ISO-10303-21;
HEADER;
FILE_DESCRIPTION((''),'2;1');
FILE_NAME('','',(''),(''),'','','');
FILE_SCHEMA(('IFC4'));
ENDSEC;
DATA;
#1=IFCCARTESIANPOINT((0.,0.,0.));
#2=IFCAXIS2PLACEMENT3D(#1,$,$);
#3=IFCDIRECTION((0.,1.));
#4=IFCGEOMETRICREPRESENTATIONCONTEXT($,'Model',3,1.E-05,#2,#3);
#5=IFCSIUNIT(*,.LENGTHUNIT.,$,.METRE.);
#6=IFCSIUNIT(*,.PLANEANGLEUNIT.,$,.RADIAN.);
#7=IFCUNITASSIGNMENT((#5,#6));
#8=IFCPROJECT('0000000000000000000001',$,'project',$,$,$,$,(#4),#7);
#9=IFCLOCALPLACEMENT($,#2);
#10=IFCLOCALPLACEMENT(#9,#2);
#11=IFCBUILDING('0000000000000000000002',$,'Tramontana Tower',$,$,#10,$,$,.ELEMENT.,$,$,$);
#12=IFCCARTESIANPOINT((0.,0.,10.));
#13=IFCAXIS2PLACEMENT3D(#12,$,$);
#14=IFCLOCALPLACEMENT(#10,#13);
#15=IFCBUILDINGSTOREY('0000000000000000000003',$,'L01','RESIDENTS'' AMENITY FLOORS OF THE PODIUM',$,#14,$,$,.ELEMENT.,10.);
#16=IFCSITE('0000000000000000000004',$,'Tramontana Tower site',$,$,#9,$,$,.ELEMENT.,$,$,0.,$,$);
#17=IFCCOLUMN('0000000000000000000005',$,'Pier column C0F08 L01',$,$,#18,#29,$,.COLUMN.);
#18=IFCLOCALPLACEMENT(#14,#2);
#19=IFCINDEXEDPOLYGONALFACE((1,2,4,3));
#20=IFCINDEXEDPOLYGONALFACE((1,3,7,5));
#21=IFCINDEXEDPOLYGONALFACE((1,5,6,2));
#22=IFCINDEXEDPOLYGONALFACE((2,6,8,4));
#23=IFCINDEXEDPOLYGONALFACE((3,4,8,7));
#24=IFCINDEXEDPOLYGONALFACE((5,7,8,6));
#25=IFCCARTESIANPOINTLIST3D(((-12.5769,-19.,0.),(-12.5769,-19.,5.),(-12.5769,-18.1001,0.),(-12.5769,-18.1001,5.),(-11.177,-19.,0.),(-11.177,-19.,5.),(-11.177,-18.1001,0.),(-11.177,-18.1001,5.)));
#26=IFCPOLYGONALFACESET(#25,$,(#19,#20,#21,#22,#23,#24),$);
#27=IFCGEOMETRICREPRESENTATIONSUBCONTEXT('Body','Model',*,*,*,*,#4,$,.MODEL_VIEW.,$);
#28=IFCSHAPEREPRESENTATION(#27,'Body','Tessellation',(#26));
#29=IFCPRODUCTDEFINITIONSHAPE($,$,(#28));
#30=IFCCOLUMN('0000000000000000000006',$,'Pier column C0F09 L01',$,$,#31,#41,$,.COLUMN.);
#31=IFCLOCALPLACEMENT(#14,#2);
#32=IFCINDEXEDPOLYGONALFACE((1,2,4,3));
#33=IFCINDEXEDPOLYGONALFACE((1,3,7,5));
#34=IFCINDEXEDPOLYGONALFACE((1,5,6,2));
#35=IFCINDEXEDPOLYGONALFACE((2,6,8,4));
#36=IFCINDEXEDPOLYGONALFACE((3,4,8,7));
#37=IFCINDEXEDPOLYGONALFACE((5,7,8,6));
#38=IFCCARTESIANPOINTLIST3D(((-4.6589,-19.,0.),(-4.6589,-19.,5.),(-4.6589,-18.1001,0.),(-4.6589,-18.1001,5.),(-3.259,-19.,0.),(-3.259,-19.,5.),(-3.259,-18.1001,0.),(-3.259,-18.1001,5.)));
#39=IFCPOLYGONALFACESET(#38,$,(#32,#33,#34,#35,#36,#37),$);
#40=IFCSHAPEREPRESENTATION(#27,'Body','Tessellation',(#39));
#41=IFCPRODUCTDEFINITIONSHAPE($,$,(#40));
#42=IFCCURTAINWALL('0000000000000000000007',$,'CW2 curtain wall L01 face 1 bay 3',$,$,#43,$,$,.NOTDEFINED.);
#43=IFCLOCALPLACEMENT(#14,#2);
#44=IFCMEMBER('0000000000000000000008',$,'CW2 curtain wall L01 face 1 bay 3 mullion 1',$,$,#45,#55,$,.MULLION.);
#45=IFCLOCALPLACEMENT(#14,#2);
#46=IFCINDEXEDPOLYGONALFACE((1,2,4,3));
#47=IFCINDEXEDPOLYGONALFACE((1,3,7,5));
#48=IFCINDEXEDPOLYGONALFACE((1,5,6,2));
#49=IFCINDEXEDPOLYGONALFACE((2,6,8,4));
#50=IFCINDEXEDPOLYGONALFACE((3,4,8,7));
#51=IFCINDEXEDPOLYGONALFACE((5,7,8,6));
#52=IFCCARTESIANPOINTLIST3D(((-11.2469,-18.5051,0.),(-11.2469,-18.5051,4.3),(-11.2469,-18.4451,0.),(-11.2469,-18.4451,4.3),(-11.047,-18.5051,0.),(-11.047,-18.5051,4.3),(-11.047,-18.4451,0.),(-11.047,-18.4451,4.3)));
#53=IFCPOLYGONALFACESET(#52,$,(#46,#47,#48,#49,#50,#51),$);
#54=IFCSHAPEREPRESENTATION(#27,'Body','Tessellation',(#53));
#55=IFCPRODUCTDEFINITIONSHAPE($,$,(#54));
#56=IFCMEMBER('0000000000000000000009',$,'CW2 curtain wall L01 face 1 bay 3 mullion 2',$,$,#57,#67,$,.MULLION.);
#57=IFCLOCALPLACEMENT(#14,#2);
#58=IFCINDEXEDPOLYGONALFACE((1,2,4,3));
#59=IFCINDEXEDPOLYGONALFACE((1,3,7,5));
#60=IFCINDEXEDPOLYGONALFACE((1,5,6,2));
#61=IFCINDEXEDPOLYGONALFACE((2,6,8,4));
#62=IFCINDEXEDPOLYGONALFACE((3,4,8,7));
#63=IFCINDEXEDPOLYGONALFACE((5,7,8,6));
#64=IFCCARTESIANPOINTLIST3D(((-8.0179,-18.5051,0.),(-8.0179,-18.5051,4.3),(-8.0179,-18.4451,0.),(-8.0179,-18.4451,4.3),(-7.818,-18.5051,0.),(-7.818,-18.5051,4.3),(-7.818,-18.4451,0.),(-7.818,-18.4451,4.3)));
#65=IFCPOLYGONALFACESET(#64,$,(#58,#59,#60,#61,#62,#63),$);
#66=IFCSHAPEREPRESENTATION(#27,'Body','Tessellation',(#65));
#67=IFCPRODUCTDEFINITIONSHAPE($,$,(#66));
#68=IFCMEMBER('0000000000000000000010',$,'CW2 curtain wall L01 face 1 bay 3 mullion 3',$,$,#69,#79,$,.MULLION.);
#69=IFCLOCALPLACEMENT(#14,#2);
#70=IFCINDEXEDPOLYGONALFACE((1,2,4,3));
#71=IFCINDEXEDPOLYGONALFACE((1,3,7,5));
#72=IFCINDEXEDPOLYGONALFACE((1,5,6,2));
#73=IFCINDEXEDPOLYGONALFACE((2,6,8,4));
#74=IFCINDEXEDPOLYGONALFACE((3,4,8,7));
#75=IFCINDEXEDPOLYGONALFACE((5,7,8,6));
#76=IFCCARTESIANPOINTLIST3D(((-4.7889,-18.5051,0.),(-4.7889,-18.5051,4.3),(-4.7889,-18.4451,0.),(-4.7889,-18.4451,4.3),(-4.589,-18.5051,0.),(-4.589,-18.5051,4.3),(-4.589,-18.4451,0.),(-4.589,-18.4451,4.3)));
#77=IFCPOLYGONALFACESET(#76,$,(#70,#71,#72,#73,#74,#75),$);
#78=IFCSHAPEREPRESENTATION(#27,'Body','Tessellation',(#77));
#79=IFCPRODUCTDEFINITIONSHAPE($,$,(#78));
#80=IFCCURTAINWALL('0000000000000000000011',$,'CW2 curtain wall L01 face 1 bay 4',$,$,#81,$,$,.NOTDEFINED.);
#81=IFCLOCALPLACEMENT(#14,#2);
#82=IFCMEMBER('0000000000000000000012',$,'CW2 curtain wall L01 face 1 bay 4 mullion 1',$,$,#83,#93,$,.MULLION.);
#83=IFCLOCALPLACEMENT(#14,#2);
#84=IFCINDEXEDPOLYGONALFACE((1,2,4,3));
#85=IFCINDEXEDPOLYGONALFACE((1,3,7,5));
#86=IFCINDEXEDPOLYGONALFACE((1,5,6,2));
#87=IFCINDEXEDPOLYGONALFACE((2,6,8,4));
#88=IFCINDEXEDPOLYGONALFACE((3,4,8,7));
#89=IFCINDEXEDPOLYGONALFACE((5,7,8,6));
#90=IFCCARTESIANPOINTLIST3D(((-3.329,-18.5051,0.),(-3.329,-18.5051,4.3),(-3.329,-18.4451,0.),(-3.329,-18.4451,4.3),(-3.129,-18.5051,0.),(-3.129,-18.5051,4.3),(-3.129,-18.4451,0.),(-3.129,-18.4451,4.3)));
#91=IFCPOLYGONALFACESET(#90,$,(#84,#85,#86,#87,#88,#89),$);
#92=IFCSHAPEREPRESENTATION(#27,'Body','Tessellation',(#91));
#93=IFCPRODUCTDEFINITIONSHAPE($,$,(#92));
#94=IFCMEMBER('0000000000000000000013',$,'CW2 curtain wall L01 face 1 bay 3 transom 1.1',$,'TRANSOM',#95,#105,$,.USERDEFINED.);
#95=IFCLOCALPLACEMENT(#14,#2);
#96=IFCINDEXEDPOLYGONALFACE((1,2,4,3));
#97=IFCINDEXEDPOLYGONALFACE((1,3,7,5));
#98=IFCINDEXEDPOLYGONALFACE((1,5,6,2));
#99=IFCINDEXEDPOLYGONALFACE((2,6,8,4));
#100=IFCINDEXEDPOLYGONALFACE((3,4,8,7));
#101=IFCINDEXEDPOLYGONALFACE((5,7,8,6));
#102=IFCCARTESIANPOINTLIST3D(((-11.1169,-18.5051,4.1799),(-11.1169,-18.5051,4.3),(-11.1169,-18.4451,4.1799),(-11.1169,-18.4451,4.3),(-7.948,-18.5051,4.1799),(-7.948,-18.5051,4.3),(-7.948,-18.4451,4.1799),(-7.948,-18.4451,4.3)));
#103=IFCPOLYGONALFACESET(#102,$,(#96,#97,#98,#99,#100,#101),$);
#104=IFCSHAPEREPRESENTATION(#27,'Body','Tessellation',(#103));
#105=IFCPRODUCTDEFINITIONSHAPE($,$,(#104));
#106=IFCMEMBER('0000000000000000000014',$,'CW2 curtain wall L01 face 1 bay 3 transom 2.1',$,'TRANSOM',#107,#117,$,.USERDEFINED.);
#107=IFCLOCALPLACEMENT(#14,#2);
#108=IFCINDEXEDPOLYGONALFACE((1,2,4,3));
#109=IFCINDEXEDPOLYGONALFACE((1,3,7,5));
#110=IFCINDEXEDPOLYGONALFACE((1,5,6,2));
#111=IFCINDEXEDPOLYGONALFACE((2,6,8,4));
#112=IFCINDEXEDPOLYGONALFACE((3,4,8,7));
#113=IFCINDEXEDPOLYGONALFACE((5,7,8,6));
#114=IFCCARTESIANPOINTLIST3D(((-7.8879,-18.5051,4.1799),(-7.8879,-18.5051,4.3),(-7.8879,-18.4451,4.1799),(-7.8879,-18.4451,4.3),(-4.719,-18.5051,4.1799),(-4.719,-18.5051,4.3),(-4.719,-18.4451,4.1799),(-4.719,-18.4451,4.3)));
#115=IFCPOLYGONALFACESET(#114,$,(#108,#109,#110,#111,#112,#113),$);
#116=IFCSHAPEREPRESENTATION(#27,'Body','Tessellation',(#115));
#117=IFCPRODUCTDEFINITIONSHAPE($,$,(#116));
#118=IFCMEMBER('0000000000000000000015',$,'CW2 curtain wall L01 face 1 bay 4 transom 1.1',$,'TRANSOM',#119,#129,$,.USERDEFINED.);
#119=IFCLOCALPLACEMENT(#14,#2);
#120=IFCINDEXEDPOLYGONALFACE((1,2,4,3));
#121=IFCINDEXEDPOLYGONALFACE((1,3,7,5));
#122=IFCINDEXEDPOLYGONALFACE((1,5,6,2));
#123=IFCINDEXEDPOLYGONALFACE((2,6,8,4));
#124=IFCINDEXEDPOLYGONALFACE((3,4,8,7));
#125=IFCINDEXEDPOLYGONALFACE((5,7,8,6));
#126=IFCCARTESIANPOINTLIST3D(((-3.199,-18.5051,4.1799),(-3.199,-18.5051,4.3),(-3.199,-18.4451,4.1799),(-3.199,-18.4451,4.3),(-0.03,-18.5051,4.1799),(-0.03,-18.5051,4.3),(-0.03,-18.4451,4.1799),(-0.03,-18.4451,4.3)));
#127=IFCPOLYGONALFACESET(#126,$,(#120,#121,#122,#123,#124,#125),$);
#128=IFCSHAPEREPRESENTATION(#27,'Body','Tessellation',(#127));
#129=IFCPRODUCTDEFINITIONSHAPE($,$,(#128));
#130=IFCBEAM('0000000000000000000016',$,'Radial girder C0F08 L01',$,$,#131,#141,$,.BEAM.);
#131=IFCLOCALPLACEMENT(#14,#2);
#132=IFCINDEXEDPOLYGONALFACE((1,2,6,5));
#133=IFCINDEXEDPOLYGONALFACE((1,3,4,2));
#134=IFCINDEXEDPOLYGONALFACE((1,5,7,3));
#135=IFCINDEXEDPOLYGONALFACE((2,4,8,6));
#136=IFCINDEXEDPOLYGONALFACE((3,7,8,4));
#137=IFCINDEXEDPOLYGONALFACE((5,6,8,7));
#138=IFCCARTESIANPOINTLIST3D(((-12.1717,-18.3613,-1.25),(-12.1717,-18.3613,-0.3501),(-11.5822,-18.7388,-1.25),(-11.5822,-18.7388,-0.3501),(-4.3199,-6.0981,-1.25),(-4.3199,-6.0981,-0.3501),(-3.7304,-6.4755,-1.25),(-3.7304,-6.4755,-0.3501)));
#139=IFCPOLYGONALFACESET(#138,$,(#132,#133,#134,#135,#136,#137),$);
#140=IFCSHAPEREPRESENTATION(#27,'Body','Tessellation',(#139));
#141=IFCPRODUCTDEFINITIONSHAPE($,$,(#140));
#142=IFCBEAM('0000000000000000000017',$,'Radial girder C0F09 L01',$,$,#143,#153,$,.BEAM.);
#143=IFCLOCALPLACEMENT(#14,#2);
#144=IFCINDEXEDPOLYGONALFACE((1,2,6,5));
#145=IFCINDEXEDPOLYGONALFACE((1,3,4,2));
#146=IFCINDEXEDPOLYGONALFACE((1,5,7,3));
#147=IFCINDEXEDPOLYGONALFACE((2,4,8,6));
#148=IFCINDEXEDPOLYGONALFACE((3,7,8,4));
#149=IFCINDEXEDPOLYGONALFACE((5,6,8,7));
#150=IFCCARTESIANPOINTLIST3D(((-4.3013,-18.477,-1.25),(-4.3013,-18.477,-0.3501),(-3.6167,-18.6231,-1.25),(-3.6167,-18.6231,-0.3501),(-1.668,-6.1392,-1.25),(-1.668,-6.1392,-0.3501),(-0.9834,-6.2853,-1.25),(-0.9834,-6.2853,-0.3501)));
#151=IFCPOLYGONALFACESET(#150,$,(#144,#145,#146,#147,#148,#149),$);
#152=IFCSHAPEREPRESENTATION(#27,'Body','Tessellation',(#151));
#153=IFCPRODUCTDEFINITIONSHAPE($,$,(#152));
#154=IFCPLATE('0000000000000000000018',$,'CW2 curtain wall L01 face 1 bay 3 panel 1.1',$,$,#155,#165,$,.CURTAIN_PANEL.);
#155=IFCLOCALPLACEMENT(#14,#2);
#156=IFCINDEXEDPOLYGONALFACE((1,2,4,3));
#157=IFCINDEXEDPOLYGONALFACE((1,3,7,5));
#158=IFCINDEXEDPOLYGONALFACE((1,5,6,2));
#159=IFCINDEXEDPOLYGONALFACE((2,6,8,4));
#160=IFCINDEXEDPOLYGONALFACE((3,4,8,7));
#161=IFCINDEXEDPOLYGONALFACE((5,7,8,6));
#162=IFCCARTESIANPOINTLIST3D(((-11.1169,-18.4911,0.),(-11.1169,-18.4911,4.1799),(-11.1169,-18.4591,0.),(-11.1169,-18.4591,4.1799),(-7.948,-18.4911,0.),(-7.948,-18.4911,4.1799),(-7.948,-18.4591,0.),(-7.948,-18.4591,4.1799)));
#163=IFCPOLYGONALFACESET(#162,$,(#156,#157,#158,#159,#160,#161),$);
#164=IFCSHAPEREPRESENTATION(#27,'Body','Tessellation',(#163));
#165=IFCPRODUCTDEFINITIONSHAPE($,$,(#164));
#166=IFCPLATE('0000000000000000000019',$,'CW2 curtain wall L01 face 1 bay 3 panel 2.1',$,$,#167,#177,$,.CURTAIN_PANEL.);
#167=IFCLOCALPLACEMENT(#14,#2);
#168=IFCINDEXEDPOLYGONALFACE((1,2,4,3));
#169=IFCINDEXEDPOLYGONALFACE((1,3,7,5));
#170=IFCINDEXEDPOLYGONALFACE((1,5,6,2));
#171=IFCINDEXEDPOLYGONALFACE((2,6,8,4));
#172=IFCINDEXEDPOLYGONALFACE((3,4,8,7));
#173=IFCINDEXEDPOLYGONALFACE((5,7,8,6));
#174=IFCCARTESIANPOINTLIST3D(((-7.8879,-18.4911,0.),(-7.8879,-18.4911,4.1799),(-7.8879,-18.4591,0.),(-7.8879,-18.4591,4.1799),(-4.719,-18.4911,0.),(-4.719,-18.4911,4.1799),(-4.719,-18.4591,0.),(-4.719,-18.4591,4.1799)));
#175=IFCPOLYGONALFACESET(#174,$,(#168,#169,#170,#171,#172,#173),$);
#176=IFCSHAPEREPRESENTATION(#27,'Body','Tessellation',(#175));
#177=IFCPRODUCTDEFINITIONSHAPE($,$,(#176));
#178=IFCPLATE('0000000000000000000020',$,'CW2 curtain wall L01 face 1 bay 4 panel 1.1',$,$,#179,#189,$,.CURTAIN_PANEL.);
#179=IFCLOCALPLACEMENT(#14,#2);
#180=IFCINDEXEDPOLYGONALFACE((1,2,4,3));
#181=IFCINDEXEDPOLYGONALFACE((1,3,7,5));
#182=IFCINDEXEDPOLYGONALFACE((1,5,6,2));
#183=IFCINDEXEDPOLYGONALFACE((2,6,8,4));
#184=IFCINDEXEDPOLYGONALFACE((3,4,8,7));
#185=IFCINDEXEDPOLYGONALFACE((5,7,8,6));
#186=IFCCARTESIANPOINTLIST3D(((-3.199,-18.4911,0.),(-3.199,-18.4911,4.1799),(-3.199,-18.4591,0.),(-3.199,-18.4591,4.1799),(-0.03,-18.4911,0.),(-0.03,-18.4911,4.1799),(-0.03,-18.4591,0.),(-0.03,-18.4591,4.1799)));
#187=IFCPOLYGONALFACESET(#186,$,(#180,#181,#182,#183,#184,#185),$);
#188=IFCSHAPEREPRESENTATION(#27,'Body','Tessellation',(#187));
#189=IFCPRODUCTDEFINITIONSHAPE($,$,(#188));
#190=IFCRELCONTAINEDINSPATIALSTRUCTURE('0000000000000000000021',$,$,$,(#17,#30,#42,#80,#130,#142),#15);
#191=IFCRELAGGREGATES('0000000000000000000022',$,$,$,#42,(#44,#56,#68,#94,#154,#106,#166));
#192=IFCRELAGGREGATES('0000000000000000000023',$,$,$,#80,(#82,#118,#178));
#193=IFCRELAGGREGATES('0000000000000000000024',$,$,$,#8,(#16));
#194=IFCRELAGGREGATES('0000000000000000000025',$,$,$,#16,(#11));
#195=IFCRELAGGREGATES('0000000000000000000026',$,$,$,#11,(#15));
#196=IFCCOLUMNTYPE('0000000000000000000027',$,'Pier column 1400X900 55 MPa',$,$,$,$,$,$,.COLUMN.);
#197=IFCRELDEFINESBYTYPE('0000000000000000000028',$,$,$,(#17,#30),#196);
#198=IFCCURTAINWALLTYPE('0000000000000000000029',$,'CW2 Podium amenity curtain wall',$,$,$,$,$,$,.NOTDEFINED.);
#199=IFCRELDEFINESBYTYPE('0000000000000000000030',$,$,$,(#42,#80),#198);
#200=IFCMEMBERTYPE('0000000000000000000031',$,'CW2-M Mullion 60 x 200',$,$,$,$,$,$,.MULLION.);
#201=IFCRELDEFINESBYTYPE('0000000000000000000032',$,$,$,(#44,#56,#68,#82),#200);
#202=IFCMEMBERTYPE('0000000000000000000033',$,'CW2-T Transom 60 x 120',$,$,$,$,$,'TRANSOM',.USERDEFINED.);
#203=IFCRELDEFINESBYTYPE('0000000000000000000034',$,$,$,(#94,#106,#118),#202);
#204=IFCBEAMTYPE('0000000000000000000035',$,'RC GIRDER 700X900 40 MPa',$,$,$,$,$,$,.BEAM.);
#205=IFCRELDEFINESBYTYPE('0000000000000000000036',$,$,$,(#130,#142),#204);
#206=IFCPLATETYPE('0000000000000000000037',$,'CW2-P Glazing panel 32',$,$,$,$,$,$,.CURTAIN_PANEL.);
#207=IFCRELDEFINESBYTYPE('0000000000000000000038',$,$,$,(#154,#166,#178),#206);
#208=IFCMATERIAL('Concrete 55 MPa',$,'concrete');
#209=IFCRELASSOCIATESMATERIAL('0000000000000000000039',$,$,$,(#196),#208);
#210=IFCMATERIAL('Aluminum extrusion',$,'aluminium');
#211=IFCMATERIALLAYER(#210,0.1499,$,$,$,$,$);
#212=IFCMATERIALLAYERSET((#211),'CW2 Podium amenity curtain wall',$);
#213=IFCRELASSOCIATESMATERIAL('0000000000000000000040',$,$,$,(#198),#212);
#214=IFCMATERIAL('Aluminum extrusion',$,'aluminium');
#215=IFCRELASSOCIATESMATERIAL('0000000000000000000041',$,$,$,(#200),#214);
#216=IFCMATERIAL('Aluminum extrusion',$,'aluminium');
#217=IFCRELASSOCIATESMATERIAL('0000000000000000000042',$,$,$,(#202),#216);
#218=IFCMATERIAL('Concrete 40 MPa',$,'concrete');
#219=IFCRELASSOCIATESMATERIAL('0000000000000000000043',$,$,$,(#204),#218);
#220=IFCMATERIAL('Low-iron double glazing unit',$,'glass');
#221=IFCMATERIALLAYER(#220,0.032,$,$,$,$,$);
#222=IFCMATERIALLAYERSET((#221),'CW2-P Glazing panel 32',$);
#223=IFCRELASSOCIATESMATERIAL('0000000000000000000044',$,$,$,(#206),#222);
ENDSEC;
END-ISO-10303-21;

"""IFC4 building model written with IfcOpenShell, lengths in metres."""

from ifc_helpers import new_model, si_unit, direction, frame, origin, origin_2d, place, context, subcontext, project, spatial, rectangle, extrude, material, layer, layer_set, material_profile, profile_set, type_object, element, aggregate, save


model = new_model("IFC4")

# Units and contexts
model_context = context("Model", 3, precision=1e-05, world=origin(), true_north=direction((0.0, 1.0)))
body_context = subcontext(model_context, "Body", "Model", "MODEL_VIEW")
ifc_project = project(units=[si_unit("LENGTHUNIT", "METRE"), si_unit("PLANEANGLEUNIT", "RADIAN")], contexts=[model_context])

# Site, building, storey
site_placement = place(None, origin())
site = spatial("IfcSite", under=ifc_project, at=site_placement, Name="Tramontana Tower site", CompositionType="ELEMENT", RefElevation=0.0)
building_placement = place(site_placement, origin())
building = spatial("IfcBuilding", under=site, at=building_placement, Name="Tramontana Tower", CompositionType="ELEMENT")
storey_placement = place(building_placement, frame((0.0, 0.0, 10.0)))
storey = spatial("IfcBuildingStorey", under=building, at=storey_placement, Name="L01", Description="RESIDENTS' AMENITY FLOORS OF THE PODIUM", CompositionType="ELEMENT", Elevation=10.0)

# Columns
ifc_material_1 = material(Name="Concrete 55 MPa", Category="concrete")
ifc_material_profile_1 = material_profile(ifc_material_1, rectangle(XDim=1.3999, YDim=0.8999, at=origin_2d()), Name="Pier column 1400X900 55 MPa")
ifc_profile_set_1 = profile_set([ifc_material_profile_1], Name="Concrete 55 MPa")
column_type = type_object("IfcColumnType", Name="Pier column 1400X900 55 MPa", PredefinedType="COLUMN", material=ifc_profile_set_1)
for number, where, z_axis, x_axis, name in (
    (1, (-11.877, -18.55, 0.0), (0.0, 0.0, 1.0), (1.0, 0.0, 0.0), "Pier column C0F08 L01"),
    (2, (-3.959, -18.55, 0.0), (0.0, 0.0, 1.0), (1.0, 0.0, 0.0), "Pier column C0F09 L01"),
):
    element("IfcColumn", number, at=place(storey_placement, frame(where, z_axis=z_axis, x_axis=x_axis)), inside=storey, type_object=column_type, Name=name, PredefinedType="COLUMN", context=body_context, shape_type="SweptSolid", body=[
        extrude(rectangle(XDim=1.3999, YDim=0.8999, at=origin_2d()), origin(), (0.0, 0.0, 1.0), 5.0),
    ])

# Curtain wall, members
ifc_material_2 = material(Name="Aluminum extrusion", Category="aluminium")
ifc_layer_1 = layer(ifc_material_2, 0.1499)
ifc_layer_set_1 = layer_set([ifc_layer_1], Name="CW2 Podium amenity curtain wall")
curtain_wall_type = type_object("IfcCurtainWallType", Name="CW2 Podium amenity curtain wall", PredefinedType="NOTDEFINED", material=ifc_layer_set_1)
curtain_wall_1_placement = place(storey_placement, origin())
curtain_wall_1 = element("IfcCurtainWall", 3, at=curtain_wall_1_placement, inside=storey, type_object=curtain_wall_type, Name="CW2 curtain wall L01 face 1 bay 3", PredefinedType="NOTDEFINED")
ifc_material_3 = material(Name="Aluminum extrusion", Category="aluminium")
ifc_material_profile_2 = material_profile(ifc_material_3, rectangle(XDim=0.0601, YDim=0.2, at=origin_2d()), Name="CW2-M Mullion 60 x 200")
ifc_profile_set_2 = profile_set([ifc_material_profile_2], Name="Aluminum extrusion")
member_type_1 = type_object("IfcMemberType", Name="CW2-M Mullion 60 x 200", PredefinedType="MULLION", material=ifc_profile_set_2)
member_1_placement = place(storey_placement, frame((-11.147, -18.4751, 0.0), z_axis=(0.0, 0.0, 1.0), x_axis=(0.0, 1.0, 0.0)))
member_1 = element("IfcMember", 4, at=member_1_placement, type_object=member_type_1, Name="CW2 curtain wall L01 face 1 bay 3 mullion 1", PredefinedType="MULLION", context=body_context, shape_type="SweptSolid", body=[
    extrude(rectangle(XDim=0.0601, YDim=0.2, at=origin_2d()), origin(), (0.0, 0.0, 1.0), 4.3),
])
member_2_placement = place(storey_placement, frame((-7.918, -18.4751, 0.0), z_axis=(0.0, 0.0, 1.0), x_axis=(0.0, 1.0, 0.0)))
member_2 = element("IfcMember", 5, at=member_2_placement, type_object=member_type_1, Name="CW2 curtain wall L01 face 1 bay 3 mullion 2", PredefinedType="MULLION", context=body_context, shape_type="SweptSolid", body=[
    extrude(rectangle(XDim=0.0601, YDim=0.2, at=origin_2d()), origin(), (0.0, 0.0, 1.0), 4.3),
])
member_3_placement = place(storey_placement, frame((-4.689, -18.4751, 0.0), z_axis=(0.0, 0.0, 1.0), x_axis=(0.0, 1.0, 0.0)))
member_3 = element("IfcMember", 6, at=member_3_placement, type_object=member_type_1, Name="CW2 curtain wall L01 face 1 bay 3 mullion 3", PredefinedType="MULLION", context=body_context, shape_type="SweptSolid", body=[
    extrude(rectangle(XDim=0.0601, YDim=0.2, at=origin_2d()), origin(), (0.0, 0.0, 1.0), 4.3),
])

# Curtain wall, member
curtain_wall_2_placement = place(storey_placement, origin())
curtain_wall_2 = element("IfcCurtainWall", 7, at=curtain_wall_2_placement, inside=storey, type_object=curtain_wall_type, Name="CW2 curtain wall L01 face 1 bay 4", PredefinedType="NOTDEFINED")
member_4_placement = place(storey_placement, frame((-3.229, -18.4751, 0.0), z_axis=(0.0, 0.0, 1.0), x_axis=(0.0, 1.0, 0.0)))
member_4 = element("IfcMember", 8, at=member_4_placement, type_object=member_type_1, Name="CW2 curtain wall L01 face 1 bay 4 mullion 1", PredefinedType="MULLION", context=body_context, shape_type="SweptSolid", body=[
    extrude(rectangle(XDim=0.0601, YDim=0.2, at=origin_2d()), origin(), (0.0, 0.0, 1.0), 4.3),
])

# Members
ifc_material_4 = material(Name="Aluminum extrusion", Category="aluminium")
ifc_material_profile_3 = material_profile(ifc_material_4, rectangle(XDim=0.0601, YDim=0.1201, at=origin_2d()), Name="CW2-T Transom 60 x 120")
ifc_profile_set_3 = profile_set([ifc_material_profile_3], Name="Aluminum extrusion")
member_type_2 = type_object("IfcMemberType", Name="CW2-T Transom 60 x 120", ElementType="TRANSOM", PredefinedType="USERDEFINED", material=ifc_profile_set_3)
member_5_placement = place(storey_placement, frame((-11.1169, -18.4751, 4.24), z_axis=(1.0, 0.0, 0.0), x_axis=(0.0, 1.0, 0.0)))
member_5 = element("IfcMember", 9, at=member_5_placement, type_object=member_type_2, Name="CW2 curtain wall L01 face 1 bay 3 transom 1.1", ObjectType="TRANSOM", PredefinedType="USERDEFINED", context=body_context, shape_type="SweptSolid", body=[
    extrude(rectangle(XDim=0.0601, YDim=0.1201, at=origin_2d()), origin(), (0.0, 0.0, 1.0), 3.1689),
])
member_6_placement = place(storey_placement, frame((-7.8879, -18.4751, 4.24), z_axis=(1.0, 0.0, 0.0), x_axis=(0.0, 1.0, 0.0)))
member_6 = element("IfcMember", 10, at=member_6_placement, type_object=member_type_2, Name="CW2 curtain wall L01 face 1 bay 3 transom 2.1", ObjectType="TRANSOM", PredefinedType="USERDEFINED", context=body_context, shape_type="SweptSolid", body=[
    extrude(rectangle(XDim=0.0601, YDim=0.1201, at=origin_2d()), origin(), (0.0, 0.0, 1.0), 3.1689),
])
member_7_placement = place(storey_placement, frame((-3.199, -18.4751, 4.24), z_axis=(1.0, 0.0, 0.0), x_axis=(0.0, 1.0, 0.0)))
member_7 = element("IfcMember", 11, at=member_7_placement, type_object=member_type_2, Name="CW2 curtain wall L01 face 1 bay 4 transom 1.1", ObjectType="TRANSOM", PredefinedType="USERDEFINED", context=body_context, shape_type="SweptSolid", body=[
    extrude(rectangle(XDim=0.0601, YDim=0.1201, at=origin_2d()), origin(), (0.0, 0.0, 1.0), 3.1689),
])

# Beams
ifc_material_5 = material(Name="Concrete 40 MPa", Category="concrete")
ifc_material_profile_4 = material_profile(ifc_material_5, rectangle(XDim=0.7, YDim=0.8999, at=origin_2d()), Name="RC GIRDER 700X900 40 MPa")
ifc_profile_set_4 = profile_set([ifc_material_profile_4], Name="Concrete 40 MPa")
beam_type = type_object("IfcBeamType", Name="RC GIRDER 700X900 40 MPa", PredefinedType="BEAM", material=ifc_profile_set_4)
beam_1_placement = place(storey_placement, frame((-11.877, -18.55, -0.8), z_axis=(0.539218, 0.842166, 0.0), x_axis=(-0.842166, 0.539218, 0.0)))
element("IfcBeam", 12, at=beam_1_placement, inside=storey, type_object=beam_type, Name="Radial girder C0F08 L01", PredefinedType="BEAM", context=body_context, shape_type="SweptSolid", body=[
    extrude(rectangle(XDim=0.7, YDim=0.8999, at=origin_2d()), origin(), (0.0, 0.0, 1.0), 14.5615),
])
beam_2_placement = place(storey_placement, frame((-3.959, -18.55, -0.8), z_axis=(0.208731, 0.977973, 0.0), x_axis=(-0.977973, 0.208731, 0.0)))
element("IfcBeam", 13, at=beam_2_placement, inside=storey, type_object=beam_type, Name="Radial girder C0F09 L01", PredefinedType="BEAM", context=body_context, shape_type="SweptSolid", body=[
    extrude(rectangle(XDim=0.7, YDim=0.8999, at=origin_2d()), origin(), (0.0, 0.0, 1.0), 12.6157),
])

# Plates
ifc_material_6 = material(Name="Low-iron double glazing unit", Category="glass")
ifc_layer_2 = layer(ifc_material_6, 0.032)
ifc_layer_set_2 = layer_set([ifc_layer_2], Name="CW2-P Glazing panel 32")
plate_type = type_object("IfcPlateType", Name="CW2-P Glazing panel 32", PredefinedType="CURTAIN_PANEL", material=ifc_layer_set_2)
plate_1_placement = place(storey_placement, frame((-9.5325, -18.4751, 0.0), z_axis=(0.0, 0.0, 1.0), x_axis=(1.0, 0.0, 0.0)))
plate_1 = element("IfcPlate", 14, at=plate_1_placement, type_object=plate_type, Name="CW2 curtain wall L01 face 1 bay 3 panel 1.1", PredefinedType="CURTAIN_PANEL", context=body_context, shape_type="SweptSolid", body=[
    extrude(rectangle(XDim=3.1689, YDim=0.032, at=origin_2d()), origin(), (0.0, 0.0, 1.0), 4.1799),
])
plate_2_placement = place(storey_placement, frame((-6.3035, -18.4751, 0.0), z_axis=(0.0, 0.0, 1.0), x_axis=(1.0, 0.0, 0.0)))
plate_2 = element("IfcPlate", 15, at=plate_2_placement, type_object=plate_type, Name="CW2 curtain wall L01 face 1 bay 3 panel 2.1", PredefinedType="CURTAIN_PANEL", context=body_context, shape_type="SweptSolid", body=[
    extrude(rectangle(XDim=3.1689, YDim=0.032, at=origin_2d()), origin(), (0.0, 0.0, 1.0), 4.1799),
])
aggregate(curtain_wall_1, [member_1, member_2, member_3, member_5, plate_1, member_6, plate_2])
plate_3_placement = place(storey_placement, frame((-1.6145, -18.4751, 0.0), z_axis=(0.0, 0.0, 1.0), x_axis=(1.0, 0.0, 0.0)))
plate_3 = element("IfcPlate", 16, at=plate_3_placement, type_object=plate_type, Name="CW2 curtain wall L01 face 1 bay 4 panel 1.1", PredefinedType="CURTAIN_PANEL", context=body_context, shape_type="SweptSolid", body=[
    extrude(rectangle(XDim=3.1689, YDim=0.032, at=origin_2d()), origin(), (0.0, 0.0, 1.0), 4.1799),
])
aggregate(curtain_wall_2, [member_4, member_7, plate_3])

save(model, "model.ifc")
